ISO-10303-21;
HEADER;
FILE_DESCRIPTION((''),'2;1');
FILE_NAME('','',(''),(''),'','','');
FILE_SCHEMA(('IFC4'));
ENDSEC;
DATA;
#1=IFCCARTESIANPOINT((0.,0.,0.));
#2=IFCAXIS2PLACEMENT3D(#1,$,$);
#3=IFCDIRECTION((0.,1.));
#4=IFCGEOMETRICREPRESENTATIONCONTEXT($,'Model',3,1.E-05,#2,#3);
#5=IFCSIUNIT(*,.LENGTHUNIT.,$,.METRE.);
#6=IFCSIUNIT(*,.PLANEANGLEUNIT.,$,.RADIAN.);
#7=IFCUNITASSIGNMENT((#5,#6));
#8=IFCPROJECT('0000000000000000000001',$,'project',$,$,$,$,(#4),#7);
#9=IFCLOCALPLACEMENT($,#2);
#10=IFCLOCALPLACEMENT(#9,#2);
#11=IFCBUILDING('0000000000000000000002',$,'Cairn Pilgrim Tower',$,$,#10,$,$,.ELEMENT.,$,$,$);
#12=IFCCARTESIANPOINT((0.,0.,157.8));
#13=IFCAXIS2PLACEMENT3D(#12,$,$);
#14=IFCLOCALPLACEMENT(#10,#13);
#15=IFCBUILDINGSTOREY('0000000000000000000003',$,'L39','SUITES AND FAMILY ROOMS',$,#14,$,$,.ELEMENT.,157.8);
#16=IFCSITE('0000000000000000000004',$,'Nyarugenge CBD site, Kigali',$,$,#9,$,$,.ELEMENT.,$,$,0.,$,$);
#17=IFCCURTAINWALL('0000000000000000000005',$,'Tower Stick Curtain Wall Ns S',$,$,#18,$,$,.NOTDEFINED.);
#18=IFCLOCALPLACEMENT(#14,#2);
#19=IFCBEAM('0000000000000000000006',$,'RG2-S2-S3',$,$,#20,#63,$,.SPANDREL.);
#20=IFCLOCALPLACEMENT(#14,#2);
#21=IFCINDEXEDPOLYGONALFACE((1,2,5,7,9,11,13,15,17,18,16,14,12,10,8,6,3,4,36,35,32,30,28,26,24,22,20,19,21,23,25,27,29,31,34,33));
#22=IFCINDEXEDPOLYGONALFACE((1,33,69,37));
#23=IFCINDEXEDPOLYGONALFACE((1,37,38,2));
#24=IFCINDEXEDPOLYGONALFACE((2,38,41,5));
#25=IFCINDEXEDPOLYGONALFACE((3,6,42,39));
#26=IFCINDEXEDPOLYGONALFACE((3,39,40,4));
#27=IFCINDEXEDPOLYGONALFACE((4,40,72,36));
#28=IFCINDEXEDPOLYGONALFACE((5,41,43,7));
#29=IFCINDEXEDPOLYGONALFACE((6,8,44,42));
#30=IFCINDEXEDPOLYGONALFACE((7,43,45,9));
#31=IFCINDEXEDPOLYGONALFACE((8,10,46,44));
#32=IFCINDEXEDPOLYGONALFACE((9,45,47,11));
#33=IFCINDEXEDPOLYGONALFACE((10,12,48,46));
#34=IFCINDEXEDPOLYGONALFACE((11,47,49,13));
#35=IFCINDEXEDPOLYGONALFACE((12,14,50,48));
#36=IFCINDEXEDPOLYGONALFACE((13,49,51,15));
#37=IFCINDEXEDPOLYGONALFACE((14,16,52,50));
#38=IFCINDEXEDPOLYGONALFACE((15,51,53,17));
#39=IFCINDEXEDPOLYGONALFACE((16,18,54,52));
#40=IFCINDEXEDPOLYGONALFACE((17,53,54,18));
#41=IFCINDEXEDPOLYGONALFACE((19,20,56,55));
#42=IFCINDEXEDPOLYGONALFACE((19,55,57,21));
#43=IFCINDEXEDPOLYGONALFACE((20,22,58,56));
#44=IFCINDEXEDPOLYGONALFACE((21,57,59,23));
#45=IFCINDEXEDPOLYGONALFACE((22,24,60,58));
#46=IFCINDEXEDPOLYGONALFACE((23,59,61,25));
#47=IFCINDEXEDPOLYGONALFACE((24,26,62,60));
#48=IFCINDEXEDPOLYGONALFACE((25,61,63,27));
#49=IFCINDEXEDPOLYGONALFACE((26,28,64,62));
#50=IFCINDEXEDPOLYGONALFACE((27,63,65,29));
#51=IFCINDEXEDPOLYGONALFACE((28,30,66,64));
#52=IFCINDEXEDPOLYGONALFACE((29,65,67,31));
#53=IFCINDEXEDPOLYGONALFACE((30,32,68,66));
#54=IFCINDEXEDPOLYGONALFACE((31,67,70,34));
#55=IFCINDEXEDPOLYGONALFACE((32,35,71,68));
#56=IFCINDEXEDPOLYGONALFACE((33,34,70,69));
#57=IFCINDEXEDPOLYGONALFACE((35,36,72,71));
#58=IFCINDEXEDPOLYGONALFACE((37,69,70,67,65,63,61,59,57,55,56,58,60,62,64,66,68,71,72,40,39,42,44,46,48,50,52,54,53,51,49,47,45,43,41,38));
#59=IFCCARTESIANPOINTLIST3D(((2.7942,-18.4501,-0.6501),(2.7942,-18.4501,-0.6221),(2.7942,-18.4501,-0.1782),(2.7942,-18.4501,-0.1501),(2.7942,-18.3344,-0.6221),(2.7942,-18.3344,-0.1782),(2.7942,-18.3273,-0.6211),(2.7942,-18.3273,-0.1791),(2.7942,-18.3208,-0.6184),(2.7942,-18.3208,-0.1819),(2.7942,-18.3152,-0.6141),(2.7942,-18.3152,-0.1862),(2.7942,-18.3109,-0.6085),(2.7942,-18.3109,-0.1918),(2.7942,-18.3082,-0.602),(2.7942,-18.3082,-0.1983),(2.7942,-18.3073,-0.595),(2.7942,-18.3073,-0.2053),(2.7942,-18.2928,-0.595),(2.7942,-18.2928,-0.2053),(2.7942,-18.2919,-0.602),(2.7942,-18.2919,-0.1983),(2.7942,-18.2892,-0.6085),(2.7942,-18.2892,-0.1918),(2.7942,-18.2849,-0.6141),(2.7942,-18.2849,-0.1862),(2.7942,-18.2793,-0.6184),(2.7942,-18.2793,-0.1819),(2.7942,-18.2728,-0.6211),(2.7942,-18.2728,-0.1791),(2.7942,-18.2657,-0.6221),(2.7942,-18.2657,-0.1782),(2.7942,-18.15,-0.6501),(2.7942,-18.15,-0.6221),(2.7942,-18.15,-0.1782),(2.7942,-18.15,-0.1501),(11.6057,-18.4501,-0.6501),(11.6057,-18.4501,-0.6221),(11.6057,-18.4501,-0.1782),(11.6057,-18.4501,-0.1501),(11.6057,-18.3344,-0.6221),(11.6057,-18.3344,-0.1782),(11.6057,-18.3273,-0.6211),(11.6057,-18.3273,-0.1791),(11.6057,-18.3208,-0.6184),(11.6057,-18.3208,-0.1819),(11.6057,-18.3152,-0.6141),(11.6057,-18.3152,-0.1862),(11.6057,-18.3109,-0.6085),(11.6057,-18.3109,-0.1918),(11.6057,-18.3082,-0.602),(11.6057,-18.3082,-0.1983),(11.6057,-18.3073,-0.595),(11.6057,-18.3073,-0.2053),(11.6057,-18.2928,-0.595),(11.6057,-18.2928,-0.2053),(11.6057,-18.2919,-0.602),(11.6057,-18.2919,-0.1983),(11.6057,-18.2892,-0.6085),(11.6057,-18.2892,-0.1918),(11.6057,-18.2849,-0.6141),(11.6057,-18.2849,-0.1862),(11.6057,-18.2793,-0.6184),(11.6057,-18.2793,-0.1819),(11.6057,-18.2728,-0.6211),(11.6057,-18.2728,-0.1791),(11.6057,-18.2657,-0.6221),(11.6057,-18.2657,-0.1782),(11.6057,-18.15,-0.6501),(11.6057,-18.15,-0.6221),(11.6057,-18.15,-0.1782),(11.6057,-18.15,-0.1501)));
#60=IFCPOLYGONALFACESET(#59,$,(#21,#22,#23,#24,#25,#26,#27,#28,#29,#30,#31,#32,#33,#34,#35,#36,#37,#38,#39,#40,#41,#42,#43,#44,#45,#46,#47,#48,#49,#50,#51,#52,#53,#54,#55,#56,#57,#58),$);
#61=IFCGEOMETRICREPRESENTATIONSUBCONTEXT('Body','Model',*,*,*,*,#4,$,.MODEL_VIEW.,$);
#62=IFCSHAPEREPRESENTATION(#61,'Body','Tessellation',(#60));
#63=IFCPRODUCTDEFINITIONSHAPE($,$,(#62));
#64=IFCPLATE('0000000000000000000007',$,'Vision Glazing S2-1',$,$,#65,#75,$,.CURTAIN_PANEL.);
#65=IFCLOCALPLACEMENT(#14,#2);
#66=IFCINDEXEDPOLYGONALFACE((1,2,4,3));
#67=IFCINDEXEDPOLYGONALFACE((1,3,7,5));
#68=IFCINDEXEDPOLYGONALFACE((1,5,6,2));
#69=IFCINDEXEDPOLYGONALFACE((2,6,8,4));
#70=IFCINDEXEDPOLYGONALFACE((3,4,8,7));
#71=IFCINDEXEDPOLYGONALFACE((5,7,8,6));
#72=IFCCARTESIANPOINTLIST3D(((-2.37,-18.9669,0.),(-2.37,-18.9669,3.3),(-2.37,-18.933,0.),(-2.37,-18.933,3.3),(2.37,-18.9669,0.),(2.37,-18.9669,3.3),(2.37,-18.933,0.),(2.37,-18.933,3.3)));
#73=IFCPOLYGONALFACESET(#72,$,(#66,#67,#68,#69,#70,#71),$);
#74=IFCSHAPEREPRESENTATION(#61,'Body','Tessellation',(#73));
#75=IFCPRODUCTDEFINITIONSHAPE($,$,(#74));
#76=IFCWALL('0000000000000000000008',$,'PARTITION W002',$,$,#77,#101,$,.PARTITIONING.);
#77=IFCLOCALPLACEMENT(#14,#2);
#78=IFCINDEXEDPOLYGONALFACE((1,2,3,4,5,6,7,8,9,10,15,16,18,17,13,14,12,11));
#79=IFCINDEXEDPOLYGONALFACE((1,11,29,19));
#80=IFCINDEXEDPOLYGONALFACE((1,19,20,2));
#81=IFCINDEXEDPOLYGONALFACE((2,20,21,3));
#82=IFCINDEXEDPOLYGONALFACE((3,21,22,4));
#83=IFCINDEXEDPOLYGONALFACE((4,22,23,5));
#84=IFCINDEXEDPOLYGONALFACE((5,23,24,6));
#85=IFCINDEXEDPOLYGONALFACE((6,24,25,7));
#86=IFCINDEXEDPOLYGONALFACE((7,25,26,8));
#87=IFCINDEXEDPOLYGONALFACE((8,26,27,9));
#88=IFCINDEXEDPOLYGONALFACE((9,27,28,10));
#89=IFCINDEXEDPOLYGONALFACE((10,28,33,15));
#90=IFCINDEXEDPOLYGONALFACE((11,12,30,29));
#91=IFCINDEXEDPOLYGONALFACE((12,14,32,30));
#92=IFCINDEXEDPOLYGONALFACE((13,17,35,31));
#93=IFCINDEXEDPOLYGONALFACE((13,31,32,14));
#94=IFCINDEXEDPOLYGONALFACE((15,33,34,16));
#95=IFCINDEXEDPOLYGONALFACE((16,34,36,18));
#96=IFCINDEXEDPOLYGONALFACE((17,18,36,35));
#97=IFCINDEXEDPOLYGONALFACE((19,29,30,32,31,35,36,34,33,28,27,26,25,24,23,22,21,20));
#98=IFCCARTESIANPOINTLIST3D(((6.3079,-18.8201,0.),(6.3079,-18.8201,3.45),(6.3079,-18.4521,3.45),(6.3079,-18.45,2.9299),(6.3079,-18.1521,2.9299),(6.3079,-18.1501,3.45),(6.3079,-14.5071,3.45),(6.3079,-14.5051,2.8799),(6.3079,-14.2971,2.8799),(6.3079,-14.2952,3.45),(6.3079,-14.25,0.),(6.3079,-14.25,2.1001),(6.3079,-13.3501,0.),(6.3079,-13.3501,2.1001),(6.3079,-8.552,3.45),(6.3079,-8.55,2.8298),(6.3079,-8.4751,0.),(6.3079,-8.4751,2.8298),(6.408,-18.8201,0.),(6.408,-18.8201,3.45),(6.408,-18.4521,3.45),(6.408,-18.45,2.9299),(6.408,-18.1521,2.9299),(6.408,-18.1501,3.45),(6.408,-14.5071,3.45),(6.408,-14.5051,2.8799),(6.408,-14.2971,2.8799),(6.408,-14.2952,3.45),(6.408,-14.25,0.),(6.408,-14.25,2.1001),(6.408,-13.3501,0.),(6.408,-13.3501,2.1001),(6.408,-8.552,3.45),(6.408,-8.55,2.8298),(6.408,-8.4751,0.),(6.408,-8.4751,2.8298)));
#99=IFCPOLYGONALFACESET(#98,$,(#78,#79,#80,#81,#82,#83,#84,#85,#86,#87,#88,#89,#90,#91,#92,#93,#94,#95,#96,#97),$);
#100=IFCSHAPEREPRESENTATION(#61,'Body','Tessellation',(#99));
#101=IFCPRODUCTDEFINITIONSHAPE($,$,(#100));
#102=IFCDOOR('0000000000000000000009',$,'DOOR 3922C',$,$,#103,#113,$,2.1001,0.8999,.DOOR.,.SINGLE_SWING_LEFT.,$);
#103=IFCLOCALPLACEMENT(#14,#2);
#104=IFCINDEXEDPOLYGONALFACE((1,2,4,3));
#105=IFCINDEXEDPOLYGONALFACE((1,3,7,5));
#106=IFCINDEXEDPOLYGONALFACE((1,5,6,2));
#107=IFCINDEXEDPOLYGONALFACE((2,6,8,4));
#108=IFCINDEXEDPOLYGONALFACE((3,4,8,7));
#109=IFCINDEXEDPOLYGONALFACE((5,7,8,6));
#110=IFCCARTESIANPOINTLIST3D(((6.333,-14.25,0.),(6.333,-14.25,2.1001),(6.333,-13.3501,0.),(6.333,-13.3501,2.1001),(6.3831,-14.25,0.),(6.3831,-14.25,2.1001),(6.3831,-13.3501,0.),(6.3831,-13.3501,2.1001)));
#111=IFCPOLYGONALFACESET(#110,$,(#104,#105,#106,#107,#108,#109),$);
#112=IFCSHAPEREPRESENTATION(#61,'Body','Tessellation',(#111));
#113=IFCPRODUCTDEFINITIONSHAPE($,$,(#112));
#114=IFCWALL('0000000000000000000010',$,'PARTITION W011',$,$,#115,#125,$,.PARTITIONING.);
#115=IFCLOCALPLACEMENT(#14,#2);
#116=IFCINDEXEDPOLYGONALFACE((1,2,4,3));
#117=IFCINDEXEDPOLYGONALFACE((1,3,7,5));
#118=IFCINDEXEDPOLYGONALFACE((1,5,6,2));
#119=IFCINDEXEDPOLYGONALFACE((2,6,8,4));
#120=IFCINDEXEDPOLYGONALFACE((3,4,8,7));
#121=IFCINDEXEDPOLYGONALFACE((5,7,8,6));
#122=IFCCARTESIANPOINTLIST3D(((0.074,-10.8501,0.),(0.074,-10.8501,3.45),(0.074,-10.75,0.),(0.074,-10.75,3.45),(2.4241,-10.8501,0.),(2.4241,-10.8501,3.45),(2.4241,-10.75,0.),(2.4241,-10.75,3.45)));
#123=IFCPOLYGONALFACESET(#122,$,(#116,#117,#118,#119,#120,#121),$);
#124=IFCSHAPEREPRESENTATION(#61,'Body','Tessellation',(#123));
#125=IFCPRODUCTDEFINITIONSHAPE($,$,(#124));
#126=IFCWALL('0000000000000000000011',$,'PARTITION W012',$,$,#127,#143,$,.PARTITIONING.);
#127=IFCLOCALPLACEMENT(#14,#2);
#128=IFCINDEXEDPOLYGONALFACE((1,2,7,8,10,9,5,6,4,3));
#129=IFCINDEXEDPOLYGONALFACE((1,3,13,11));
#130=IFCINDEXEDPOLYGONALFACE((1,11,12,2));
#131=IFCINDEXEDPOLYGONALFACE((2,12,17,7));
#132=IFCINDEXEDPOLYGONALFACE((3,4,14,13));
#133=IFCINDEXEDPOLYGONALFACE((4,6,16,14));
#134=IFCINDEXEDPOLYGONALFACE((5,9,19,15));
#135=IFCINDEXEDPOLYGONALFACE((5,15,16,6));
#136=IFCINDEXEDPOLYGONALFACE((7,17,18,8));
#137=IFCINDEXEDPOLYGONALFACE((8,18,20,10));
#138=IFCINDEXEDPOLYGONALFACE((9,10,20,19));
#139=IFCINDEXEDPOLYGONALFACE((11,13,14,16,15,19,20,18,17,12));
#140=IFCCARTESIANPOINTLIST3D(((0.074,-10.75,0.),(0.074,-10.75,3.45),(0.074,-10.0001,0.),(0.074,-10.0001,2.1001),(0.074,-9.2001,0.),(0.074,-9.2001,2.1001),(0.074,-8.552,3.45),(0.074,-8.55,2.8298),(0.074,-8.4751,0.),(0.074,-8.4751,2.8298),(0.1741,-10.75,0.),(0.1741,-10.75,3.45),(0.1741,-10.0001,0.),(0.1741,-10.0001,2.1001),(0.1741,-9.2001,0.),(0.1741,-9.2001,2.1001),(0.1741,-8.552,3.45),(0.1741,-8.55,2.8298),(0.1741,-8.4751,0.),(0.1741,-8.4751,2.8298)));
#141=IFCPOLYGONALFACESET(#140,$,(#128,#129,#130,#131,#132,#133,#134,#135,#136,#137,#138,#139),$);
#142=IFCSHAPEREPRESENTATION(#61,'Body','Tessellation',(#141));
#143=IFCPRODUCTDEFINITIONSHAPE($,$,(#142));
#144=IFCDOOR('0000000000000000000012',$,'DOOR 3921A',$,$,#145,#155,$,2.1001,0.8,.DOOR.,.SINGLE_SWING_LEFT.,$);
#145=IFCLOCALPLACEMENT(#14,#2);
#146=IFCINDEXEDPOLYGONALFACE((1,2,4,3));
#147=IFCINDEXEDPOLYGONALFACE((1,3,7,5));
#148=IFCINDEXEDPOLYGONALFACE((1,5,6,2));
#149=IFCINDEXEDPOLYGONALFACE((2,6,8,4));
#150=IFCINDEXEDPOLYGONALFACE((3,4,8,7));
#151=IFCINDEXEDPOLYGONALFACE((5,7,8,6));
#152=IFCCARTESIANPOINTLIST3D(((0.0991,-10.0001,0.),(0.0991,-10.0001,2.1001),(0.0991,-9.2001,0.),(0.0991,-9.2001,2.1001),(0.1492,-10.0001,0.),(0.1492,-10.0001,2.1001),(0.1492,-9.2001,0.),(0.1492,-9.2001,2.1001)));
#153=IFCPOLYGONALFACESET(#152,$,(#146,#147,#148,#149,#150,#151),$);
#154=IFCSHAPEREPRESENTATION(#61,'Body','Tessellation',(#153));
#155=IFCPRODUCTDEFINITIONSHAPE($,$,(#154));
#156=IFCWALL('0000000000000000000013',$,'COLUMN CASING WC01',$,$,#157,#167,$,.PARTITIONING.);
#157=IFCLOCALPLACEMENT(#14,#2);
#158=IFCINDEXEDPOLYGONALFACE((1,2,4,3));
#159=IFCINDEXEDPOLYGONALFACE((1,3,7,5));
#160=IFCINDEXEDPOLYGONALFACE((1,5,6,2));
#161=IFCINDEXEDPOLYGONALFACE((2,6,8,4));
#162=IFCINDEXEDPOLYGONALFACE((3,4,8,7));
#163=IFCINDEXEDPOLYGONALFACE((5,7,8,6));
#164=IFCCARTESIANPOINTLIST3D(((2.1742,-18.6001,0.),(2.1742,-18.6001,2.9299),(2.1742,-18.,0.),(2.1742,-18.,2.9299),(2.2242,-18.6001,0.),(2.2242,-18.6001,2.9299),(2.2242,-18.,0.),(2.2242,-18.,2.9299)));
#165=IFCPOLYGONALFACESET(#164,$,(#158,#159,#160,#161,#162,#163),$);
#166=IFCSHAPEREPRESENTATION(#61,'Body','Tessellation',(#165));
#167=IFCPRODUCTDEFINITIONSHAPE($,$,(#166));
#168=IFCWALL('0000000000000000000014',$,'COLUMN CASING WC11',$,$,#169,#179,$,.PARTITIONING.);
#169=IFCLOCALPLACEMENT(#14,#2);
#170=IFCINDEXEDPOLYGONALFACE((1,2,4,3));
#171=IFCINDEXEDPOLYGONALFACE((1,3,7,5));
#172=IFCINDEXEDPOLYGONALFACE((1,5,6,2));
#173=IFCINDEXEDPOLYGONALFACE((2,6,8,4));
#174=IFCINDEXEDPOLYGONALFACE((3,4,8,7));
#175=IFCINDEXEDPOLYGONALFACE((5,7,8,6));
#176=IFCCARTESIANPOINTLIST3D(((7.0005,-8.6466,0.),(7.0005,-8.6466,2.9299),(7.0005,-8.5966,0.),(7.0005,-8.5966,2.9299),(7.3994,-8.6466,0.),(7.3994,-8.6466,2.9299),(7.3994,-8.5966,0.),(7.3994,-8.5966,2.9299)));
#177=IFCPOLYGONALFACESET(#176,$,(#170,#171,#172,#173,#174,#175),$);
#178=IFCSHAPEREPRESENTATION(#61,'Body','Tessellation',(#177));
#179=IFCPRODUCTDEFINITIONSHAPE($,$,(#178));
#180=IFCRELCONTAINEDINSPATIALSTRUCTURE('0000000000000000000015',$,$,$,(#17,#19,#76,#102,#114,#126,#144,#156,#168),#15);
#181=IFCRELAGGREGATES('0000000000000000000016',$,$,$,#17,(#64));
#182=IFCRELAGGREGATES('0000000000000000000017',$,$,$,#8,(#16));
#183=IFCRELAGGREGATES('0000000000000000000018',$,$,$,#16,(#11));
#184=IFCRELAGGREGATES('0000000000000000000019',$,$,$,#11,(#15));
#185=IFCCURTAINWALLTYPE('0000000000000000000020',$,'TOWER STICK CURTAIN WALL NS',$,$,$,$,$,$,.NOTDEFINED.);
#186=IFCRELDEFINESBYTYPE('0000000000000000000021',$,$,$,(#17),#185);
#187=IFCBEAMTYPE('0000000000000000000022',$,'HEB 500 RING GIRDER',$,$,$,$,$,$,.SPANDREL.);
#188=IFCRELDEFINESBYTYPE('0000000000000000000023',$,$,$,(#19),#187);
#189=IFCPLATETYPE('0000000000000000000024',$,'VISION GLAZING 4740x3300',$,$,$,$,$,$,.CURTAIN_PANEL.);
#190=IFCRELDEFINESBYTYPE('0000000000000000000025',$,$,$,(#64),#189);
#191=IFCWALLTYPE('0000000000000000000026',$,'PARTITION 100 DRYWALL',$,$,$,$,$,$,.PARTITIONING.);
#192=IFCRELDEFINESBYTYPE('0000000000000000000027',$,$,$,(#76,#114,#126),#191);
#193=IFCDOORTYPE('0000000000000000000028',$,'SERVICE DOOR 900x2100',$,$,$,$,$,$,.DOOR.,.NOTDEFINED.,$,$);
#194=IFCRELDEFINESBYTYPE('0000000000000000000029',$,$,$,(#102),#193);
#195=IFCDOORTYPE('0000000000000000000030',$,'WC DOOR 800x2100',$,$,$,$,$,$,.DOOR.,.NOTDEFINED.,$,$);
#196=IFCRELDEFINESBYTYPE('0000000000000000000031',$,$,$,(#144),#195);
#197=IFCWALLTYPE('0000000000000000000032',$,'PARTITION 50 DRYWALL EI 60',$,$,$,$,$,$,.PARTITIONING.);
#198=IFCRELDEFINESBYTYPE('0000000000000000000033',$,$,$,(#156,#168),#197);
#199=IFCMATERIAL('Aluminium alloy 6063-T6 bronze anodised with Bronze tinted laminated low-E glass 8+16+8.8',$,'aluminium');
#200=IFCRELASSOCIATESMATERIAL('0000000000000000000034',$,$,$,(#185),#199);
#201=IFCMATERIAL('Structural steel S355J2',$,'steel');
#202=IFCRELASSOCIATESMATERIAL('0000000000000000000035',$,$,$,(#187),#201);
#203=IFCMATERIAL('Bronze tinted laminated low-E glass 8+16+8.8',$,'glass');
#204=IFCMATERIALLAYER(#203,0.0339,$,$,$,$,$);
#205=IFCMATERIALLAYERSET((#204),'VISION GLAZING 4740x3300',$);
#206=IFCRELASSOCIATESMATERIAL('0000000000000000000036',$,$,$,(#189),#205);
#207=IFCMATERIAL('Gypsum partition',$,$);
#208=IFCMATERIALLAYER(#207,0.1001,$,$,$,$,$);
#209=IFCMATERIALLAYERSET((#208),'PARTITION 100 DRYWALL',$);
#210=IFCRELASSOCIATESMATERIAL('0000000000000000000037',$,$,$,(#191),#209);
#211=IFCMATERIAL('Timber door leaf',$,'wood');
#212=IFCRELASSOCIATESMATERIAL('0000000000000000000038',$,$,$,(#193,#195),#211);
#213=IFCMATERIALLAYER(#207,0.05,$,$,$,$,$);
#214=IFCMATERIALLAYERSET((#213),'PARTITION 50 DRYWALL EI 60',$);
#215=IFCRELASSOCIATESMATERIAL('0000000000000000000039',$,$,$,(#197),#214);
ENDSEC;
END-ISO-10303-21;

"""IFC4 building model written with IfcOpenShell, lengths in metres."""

from ifc_helpers import new_model, si_unit, direction, frame, frame_2d, origin, origin_2d, place, context, subcontext, project, spatial, polyline, rectangle, i_section, outline, extrude, material, layer, layer_set, material_profile, profile_set, type_object, element, fill, aggregate, save


model = new_model("IFC4")

# Units and contexts
model_context = context("Model", 3, precision=1e-05, world=origin(), true_north=direction((0.0, 1.0)))
body_context = subcontext(model_context, "Body", "Model", "MODEL_VIEW")
ifc_project = project(units=[si_unit("LENGTHUNIT", "METRE"), si_unit("PLANEANGLEUNIT", "RADIAN")], contexts=[model_context])

# Site, building, storey
site_placement = place(None, origin())
site = spatial("IfcSite", under=ifc_project, at=site_placement, Name="Nyarugenge CBD site, Kigali", CompositionType="ELEMENT", RefElevation=0.0)
building_placement = place(site_placement, origin())
building = spatial("IfcBuilding", under=site, at=building_placement, Name="Cairn Pilgrim Tower", CompositionType="ELEMENT")
storey_placement = place(building_placement, frame((0.0, 0.0, 157.8)))
storey = spatial("IfcBuildingStorey", under=building, at=storey_placement, Name="L39", Description="SUITES AND FAMILY ROOMS", CompositionType="ELEMENT", Elevation=157.8)

# Shared definitions
ifc_material_1 = material(Name="Structural steel S355J2", Category="steel")

# Curtain wall
ifc_material_2 = material(Name="Aluminium alloy 6063-T6 bronze anodised with Bronze tinted laminated low-E glass 8+16+8.8", Category="aluminium")
curtain_wall_type = type_object("IfcCurtainWallType", Name="TOWER STICK CURTAIN WALL NS", PredefinedType="NOTDEFINED", material=ifc_material_2)
curtain_wall_placement = place(storey_placement, origin())
curtain_wall = element("IfcCurtainWall", 1, at=curtain_wall_placement, inside=storey, type_object=curtain_wall_type, Name="Tower Stick Curtain Wall Ns S", PredefinedType="NOTDEFINED")

# Beam
ifc_material_profile_1 = material_profile(ifc_material_1, i_section(OverallWidth=0.3, OverallDepth=0.5, WebThickness=0.0144, FlangeThickness=0.0281, FilletRadius=0.0271, at=origin_2d()), Name="HEB 500")
ifc_profile_set_1 = profile_set([ifc_material_profile_1], Name="Structural steel S355J2")
beam_type = type_object("IfcBeamType", Name="HEB 500 RING GIRDER", PredefinedType="SPANDREL", material=ifc_profile_set_1)
beam_placement = place(storey_placement, frame((2.7942, -18.3, -0.4001), z_axis=(1.0, 0.0, 0.0), x_axis=(0.0, 1.0, 0.0)))
element("IfcBeam", 2, at=beam_placement, inside=storey, type_object=beam_type, Name="RG2-S2-S3", PredefinedType="SPANDREL", context=body_context, shape_type="SweptSolid", body=[
    extrude(i_section(OverallWidth=0.3, OverallDepth=0.5, WebThickness=0.0144, FlangeThickness=0.0281, FilletRadius=0.0271, at=origin_2d()), origin(), (0.0, 0.0, 1.0), 8.8115),
])

# Plate
ifc_material_3 = material(Name="Bronze tinted laminated low-E glass 8+16+8.8", Category="glass")
ifc_layer_1 = layer(ifc_material_3, 0.0339)
ifc_layer_set_1 = layer_set([ifc_layer_1], Name="VISION GLAZING 4740x3300")
plate_type = type_object("IfcPlateType", Name="VISION GLAZING 4740x3300", PredefinedType="CURTAIN_PANEL", material=ifc_layer_set_1)
plate_placement = place(storey_placement, frame((0.0, -18.95, 0.0), z_axis=(0.0, 0.0, 1.0), x_axis=(1.0, 0.0, 0.0)))
plate = element("IfcPlate", 3, at=plate_placement, type_object=plate_type, Name="Vision Glazing S2-1", PredefinedType="CURTAIN_PANEL", context=body_context, shape_type="SweptSolid", body=[
    extrude(rectangle(XDim=4.74, YDim=0.0339, at=origin_2d()), origin(), (0.0, 0.0, 1.0), 3.3),
])
aggregate(curtain_wall, [plate])

# Wall, opening, door
ifc_material_4 = material(Name="Gypsum partition")
ifc_layer_2 = layer(ifc_material_4, 0.1001)
ifc_layer_set_2 = layer_set([ifc_layer_2], Name="PARTITION 100 DRYWALL")
wall_type_1 = type_object("IfcWallType", Name="PARTITION 100 DRYWALL", PredefinedType="PARTITIONING", material=ifc_layer_set_2)
wall_1_placement = place(storey_placement, frame((6.3579, -18.8201, 0.0), z_axis=(0.0, 0.0, 1.0), x_axis=(0.0, 1.0, 0.0)))
wall_1 = element("IfcWall", 4, at=wall_1_placement, inside=storey, type_object=wall_type_1, Name="PARTITION W002", PredefinedType="PARTITIONING", context=body_context, shape_type="SweptSolid", body=[
    extrude(outline(polyline([(0.0, 0.0), (10.345, 0.0), (10.345, 2.8298), (10.27, 2.8298), (10.2681, 3.45), (4.5249, 3.45), (4.5229, 2.8799), (4.3149, 2.8799), (4.313, 3.45), (0.6699, 3.45), (0.668, 2.9299), (0.3701, 2.9299), (0.3679, 3.45), (0.0, 3.45), (0.0, 0.0)])), frame((0.0, 0.05, 0.0), z_axis=(0.0, -1.0, 0.0), x_axis=(1.0, 0.0, 0.0)), (0.0, 0.0, 1.0), 0.1001),
])
opening_1_placement = place(wall_1_placement, frame((4.5701, 0.0, 0.0)))
opening_1 = element("IfcOpeningElement", 5, at=opening_1_placement, cuts=wall_1, PredefinedType="OPENING", context=body_context, shape_type="SweptSolid", body=[
    extrude(rectangle(XDim=0.8999, YDim=2.1001, at=frame_2d((0.45, 1.05))), frame((0.0, 0.0601, 0.0), z_axis=(0.0, -1.0, 0.0), x_axis=(1.0, 0.0, 0.0)), (0.0, 0.0, 1.0), 0.1201),
])
ifc_material_5 = material(Name="Timber door leaf", Category="wood")
door_type_1 = type_object("IfcDoorType", Name="SERVICE DOOR 900x2100", OperationType="NOTDEFINED", PredefinedType="DOOR", material=ifc_material_5)
door_1_placement = place(opening_1_placement, origin())
door_1 = element("IfcDoor", 6, at=door_1_placement, inside=storey, type_object=door_type_1, Name="DOOR 3922C", OperationType="SINGLE_SWING_LEFT", OverallHeight=2.1001, OverallWidth=0.8999, PredefinedType="DOOR", context=body_context, shape_type="SweptSolid", body=[
    extrude(rectangle(XDim=0.8999, YDim=2.1001, at=frame_2d((0.45, 1.05))), frame((0.0, 0.0249, 0.0), z_axis=(0.0, -1.0, 0.0), x_axis=(1.0, 0.0, 0.0)), (0.0, 0.0, 1.0), 0.05),
])
fill(opening_1, door_1)

# Wall
wall_2_placement = place(storey_placement, frame((0.074, -10.8, 0.0), z_axis=(0.0, 0.0, 1.0), x_axis=(1.0, 0.0, 0.0)))
element("IfcWall", 7, at=wall_2_placement, inside=storey, type_object=wall_type_1, Name="PARTITION W011", PredefinedType="PARTITIONING", context=body_context, shape_type="SweptSolid", body=[
    extrude(rectangle(XDim=2.3501, YDim=0.1001, at=frame_2d((1.175, 0.0))), origin(), (0.0, 0.0, 1.0), 3.45),
])

# Wall, opening, door
wall_3_placement = place(storey_placement, frame((0.124, -10.75, 0.0), z_axis=(0.0, 0.0, 1.0), x_axis=(0.0, 1.0, 0.0)))
wall_3 = element("IfcWall", 8, at=wall_3_placement, inside=storey, type_object=wall_type_1, Name="PARTITION W012", PredefinedType="PARTITIONING", context=body_context, shape_type="SweptSolid", body=[
    extrude(outline(polyline([(0.0, 0.0), (2.2749, 0.0), (2.2749, 2.8298), (2.2, 2.8298), (2.198, 3.45), (0.0, 3.45), (0.0, 0.0)])), frame((0.0, 0.05, 0.0), z_axis=(0.0, -1.0, 0.0), x_axis=(1.0, 0.0, 0.0)), (0.0, 0.0, 1.0), 0.1001),
])
opening_2_placement = place(wall_3_placement, frame((0.75, 0.0, 0.0)))
opening_2 = element("IfcOpeningElement", 9, at=opening_2_placement, cuts=wall_3, PredefinedType="OPENING", context=body_context, shape_type="SweptSolid", body=[
    extrude(rectangle(XDim=0.8, YDim=2.1001, at=frame_2d((0.3999, 1.05))), frame((0.0, 0.0601, 0.0), z_axis=(0.0, -1.0, 0.0), x_axis=(1.0, 0.0, 0.0)), (0.0, 0.0, 1.0), 0.1201),
])
door_type_2 = type_object("IfcDoorType", Name="WC DOOR 800x2100", OperationType="NOTDEFINED", PredefinedType="DOOR", material=ifc_material_5)
door_2_placement = place(opening_2_placement, origin())
door_2 = element("IfcDoor", 10, at=door_2_placement, inside=storey, type_object=door_type_2, Name="DOOR 3921A", OperationType="SINGLE_SWING_LEFT", OverallHeight=2.1001, OverallWidth=0.8, PredefinedType="DOOR", context=body_context, shape_type="SweptSolid", body=[
    extrude(rectangle(XDim=0.8, YDim=2.1001, at=frame_2d((0.3999, 1.05))), frame((0.0, 0.0249, 0.0), z_axis=(0.0, -1.0, 0.0), x_axis=(1.0, 0.0, 0.0)), (0.0, 0.0, 1.0), 0.05),
])
fill(opening_2, door_2)

# Walls
ifc_layer_3 = layer(ifc_material_4, 0.05)
ifc_layer_set_3 = layer_set([ifc_layer_3], Name="PARTITION 50 DRYWALL EI 60")
wall_type_2 = type_object("IfcWallType", Name="PARTITION 50 DRYWALL EI 60", PredefinedType="PARTITIONING", material=ifc_layer_set_3)
wall_4_placement = place(storey_placement, frame((2.1992, -18.6001, 0.0), z_axis=(0.0, 0.0, 1.0), x_axis=(0.0, 1.0, 0.0)))
element("IfcWall", 11, at=wall_4_placement, inside=storey, type_object=wall_type_2, Name="COLUMN CASING WC01", PredefinedType="PARTITIONING", context=body_context, shape_type="SweptSolid", body=[
    extrude(rectangle(XDim=0.6001, YDim=0.05, at=frame_2d((0.3, 0.0))), origin(), (0.0, 0.0, 1.0), 2.9299),
])
wall_5_placement = place(storey_placement, frame((7.0005, -8.6216, 0.0), z_axis=(0.0, 0.0, 1.0), x_axis=(1.0, 0.0, 0.0)))
element("IfcWall", 12, at=wall_5_placement, inside=storey, type_object=wall_type_2, Name="COLUMN CASING WC11", PredefinedType="PARTITIONING", context=body_context, shape_type="SweptSolid", body=[
    extrude(rectangle(XDim=0.3989, YDim=0.05, at=frame_2d((0.1995, 0.0))), origin(), (0.0, 0.0, 1.0), 2.9299),
])

save(model, "model.ifc")
